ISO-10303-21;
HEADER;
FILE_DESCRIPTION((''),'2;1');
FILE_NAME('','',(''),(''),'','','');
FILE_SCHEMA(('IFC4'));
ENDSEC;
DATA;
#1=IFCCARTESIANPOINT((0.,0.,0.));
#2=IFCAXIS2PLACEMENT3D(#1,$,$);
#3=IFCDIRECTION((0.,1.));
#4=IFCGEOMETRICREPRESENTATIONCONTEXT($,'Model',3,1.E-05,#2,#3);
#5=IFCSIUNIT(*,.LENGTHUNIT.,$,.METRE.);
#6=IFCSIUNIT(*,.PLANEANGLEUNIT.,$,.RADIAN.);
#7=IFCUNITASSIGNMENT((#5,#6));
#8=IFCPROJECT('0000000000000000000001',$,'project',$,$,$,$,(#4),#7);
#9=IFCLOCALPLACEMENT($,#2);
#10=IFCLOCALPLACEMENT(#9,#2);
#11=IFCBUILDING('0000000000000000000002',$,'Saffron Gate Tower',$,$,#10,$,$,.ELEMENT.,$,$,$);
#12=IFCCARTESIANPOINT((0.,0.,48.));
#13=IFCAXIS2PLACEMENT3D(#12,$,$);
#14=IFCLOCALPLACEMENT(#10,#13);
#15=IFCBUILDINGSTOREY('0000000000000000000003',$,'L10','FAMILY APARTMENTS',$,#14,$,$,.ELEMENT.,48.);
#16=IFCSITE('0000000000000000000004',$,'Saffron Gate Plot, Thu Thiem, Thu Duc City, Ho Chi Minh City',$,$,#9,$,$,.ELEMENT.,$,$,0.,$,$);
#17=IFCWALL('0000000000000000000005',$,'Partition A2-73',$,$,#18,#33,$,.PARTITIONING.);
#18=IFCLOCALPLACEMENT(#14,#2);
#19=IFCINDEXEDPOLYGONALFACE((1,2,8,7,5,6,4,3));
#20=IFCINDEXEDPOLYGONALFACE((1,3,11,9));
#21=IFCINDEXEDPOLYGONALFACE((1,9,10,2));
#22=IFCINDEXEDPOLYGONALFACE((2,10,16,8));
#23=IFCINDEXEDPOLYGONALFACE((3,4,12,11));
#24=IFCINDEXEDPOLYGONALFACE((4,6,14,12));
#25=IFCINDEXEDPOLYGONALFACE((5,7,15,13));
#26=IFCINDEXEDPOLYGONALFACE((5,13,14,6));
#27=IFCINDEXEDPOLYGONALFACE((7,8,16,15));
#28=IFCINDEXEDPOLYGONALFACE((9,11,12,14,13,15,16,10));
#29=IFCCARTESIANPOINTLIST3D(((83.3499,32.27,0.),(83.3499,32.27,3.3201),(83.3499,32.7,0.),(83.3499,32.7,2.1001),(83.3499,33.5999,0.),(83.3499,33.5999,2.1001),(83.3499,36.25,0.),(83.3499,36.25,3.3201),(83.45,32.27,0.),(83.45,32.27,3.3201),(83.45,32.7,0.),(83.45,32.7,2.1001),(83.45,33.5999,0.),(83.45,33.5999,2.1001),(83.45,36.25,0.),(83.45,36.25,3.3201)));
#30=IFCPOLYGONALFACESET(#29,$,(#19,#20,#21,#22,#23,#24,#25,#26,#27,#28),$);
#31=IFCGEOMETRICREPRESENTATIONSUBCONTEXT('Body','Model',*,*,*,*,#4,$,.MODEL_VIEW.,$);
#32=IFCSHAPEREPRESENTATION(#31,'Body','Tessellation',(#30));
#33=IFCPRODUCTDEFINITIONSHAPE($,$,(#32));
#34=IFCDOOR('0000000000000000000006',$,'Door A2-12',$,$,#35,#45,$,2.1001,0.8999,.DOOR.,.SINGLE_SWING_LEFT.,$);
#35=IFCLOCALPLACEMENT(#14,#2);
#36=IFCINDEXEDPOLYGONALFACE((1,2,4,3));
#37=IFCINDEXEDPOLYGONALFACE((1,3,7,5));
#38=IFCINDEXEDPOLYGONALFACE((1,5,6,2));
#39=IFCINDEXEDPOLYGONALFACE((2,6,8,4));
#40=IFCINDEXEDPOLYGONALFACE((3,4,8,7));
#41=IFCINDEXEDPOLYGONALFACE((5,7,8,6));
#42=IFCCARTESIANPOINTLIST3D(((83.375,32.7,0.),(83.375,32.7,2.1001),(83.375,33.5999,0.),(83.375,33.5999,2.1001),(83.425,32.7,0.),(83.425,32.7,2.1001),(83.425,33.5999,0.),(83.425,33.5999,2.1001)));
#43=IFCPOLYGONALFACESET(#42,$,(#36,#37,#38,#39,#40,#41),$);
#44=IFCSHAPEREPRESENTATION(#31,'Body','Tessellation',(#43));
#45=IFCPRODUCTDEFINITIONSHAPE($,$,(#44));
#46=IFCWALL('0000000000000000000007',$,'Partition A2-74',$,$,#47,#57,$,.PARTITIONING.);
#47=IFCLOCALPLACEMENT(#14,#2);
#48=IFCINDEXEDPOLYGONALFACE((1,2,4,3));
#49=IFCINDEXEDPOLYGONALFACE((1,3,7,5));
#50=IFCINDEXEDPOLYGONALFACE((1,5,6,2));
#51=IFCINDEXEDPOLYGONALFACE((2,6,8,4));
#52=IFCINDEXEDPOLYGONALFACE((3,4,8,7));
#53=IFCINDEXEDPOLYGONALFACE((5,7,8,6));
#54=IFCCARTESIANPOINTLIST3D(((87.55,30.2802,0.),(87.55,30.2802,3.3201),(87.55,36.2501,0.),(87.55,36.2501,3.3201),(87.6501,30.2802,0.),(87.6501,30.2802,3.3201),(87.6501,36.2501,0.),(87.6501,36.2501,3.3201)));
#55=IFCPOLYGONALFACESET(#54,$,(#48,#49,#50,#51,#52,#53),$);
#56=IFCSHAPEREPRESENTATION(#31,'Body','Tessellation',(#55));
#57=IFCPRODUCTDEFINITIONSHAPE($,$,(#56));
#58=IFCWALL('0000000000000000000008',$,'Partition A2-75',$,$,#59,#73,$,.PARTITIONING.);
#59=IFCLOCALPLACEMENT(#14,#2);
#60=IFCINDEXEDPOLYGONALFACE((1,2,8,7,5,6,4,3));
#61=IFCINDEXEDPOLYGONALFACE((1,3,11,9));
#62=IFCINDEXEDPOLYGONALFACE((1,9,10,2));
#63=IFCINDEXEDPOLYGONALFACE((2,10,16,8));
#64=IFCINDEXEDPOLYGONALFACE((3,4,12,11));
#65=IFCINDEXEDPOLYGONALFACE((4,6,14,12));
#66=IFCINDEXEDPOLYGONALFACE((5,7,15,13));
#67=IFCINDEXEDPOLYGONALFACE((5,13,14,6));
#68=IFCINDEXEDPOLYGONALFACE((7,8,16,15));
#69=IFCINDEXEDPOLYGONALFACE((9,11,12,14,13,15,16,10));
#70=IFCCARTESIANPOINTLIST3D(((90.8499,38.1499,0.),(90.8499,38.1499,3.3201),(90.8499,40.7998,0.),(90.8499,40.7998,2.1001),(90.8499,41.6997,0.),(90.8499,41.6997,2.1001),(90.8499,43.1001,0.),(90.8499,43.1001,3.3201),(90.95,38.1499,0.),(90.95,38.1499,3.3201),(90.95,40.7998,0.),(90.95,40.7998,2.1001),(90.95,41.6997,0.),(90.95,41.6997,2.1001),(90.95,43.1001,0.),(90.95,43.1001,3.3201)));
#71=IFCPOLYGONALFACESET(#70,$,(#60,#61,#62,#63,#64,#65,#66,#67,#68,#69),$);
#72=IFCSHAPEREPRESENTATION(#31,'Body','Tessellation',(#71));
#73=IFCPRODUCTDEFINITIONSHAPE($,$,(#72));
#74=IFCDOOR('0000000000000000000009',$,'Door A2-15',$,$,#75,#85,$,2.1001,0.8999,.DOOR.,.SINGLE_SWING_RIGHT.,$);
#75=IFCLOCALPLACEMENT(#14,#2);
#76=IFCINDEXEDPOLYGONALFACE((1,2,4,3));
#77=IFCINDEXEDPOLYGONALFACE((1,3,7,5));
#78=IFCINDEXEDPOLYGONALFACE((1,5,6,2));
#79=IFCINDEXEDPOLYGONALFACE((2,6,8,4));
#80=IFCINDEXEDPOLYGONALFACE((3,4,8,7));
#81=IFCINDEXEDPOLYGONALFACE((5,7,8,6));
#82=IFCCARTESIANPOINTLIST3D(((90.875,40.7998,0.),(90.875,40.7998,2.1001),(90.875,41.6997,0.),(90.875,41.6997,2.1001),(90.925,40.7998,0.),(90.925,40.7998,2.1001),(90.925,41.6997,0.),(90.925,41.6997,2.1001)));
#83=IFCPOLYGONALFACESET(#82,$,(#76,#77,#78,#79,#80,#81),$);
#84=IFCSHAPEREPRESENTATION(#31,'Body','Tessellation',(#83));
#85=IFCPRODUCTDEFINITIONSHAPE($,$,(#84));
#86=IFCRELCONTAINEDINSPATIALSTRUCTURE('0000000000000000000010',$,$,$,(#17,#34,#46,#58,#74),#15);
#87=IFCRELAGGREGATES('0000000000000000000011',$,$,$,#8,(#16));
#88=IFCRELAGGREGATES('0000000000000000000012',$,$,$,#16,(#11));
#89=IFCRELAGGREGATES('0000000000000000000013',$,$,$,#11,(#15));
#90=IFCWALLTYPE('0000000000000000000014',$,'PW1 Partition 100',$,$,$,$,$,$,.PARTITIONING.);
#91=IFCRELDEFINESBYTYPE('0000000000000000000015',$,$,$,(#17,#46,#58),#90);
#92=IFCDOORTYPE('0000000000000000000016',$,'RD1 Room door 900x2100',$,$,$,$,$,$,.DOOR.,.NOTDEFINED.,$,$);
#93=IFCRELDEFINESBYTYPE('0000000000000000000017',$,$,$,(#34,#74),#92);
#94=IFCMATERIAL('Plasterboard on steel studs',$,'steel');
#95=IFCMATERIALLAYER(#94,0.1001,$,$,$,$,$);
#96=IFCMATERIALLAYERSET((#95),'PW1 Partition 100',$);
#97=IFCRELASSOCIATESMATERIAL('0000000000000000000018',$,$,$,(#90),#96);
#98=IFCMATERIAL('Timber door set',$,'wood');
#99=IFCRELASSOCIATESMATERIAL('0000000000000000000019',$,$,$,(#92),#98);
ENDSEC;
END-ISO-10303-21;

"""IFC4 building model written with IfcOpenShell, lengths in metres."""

from ifc_helpers import new_model, si_unit, direction, frame, frame_2d, origin, place, context, subcontext, project, spatial, rectangle, extrude, material, layer, layer_set, type_object, element, fill, save


model = new_model("IFC4")

# Units and contexts
model_context = context("Model", 3, precision=1e-05, world=origin(), true_north=direction((0.0, 1.0)))
body_context = subcontext(model_context, "Body", "Model", "MODEL_VIEW")
ifc_project = project(units=[si_unit("LENGTHUNIT", "METRE"), si_unit("PLANEANGLEUNIT", "RADIAN")], contexts=[model_context])

# Site, building, storey
site_placement = place(None, origin())
site = spatial("IfcSite", under=ifc_project, at=site_placement, Name="Saffron Gate Plot, Thu Thiem, Thu Duc City, Ho Chi Minh City", CompositionType="ELEMENT", RefElevation=0.0)
building_placement = place(site_placement, origin())
building = spatial("IfcBuilding", under=site, at=building_placement, Name="Saffron Gate Tower", CompositionType="ELEMENT")
storey_placement = place(building_placement, frame((0.0, 0.0, 48.0)))
storey = spatial("IfcBuildingStorey", under=building, at=storey_placement, Name="L10", Description="FAMILY APARTMENTS", CompositionType="ELEMENT", Elevation=48.0)

# Shared definitions
ifc_material_1 = material(Name="Plasterboard on steel studs", Category="steel")
ifc_layer = layer(ifc_material_1, 0.1001)
ifc_layer_set = layer_set([ifc_layer], Name="PW1 Partition 100")
wall_type = type_object("IfcWallType", Name="PW1 Partition 100", PredefinedType="PARTITIONING", material=ifc_layer_set)

# Wall, opening, door
wall_1_placement = place(storey_placement, frame((83.3999, 32.27, 0.0), z_axis=(0.0, 0.0, 1.0), x_axis=(0.0, 1.0, 0.0)))
wall_1 = element("IfcWall", 1, at=wall_1_placement, inside=storey, type_object=wall_type, Name="Partition A2-73", PredefinedType="PARTITIONING", context=body_context, shape_type="SweptSolid", body=[
    extrude(rectangle(XDim=3.98, YDim=0.1001, at=frame_2d((1.99, 0.0))), origin(), (0.0, 0.0, 1.0), 3.3201),
])
opening_1_placement = place(wall_1_placement, frame((0.4299, 0.0, 0.0)))
opening_1 = element("IfcOpeningElement", 2, at=opening_1_placement, cuts=wall_1, PredefinedType="OPENING", context=body_context, shape_type="SweptSolid", body=[
    extrude(rectangle(XDim=0.8999, YDim=2.1001, at=frame_2d((0.45, 1.05))), frame((0.0, 0.0601, 0.0), z_axis=(0.0, -1.0, 0.0), x_axis=(1.0, 0.0, 0.0)), (0.0, 0.0, 1.0), 0.1201),
])
ifc_material_2 = material(Name="Timber door set", Category="wood")
door_type = type_object("IfcDoorType", Name="RD1 Room door 900x2100", OperationType="NOTDEFINED", PredefinedType="DOOR", material=ifc_material_2)
door_1_placement = place(opening_1_placement, origin())
door_1 = element("IfcDoor", 3, at=door_1_placement, inside=storey, type_object=door_type, Name="Door A2-12", OperationType="SINGLE_SWING_LEFT", OverallHeight=2.1001, OverallWidth=0.8999, PredefinedType="DOOR", context=body_context, shape_type="SweptSolid", body=[
    extrude(rectangle(XDim=0.8999, YDim=2.1001, at=frame_2d((0.45, 1.05))), frame((0.0, 0.0249, 0.0), z_axis=(0.0, -1.0, 0.0), x_axis=(1.0, 0.0, 0.0)), (0.0, 0.0, 1.0), 0.05),
])
fill(opening_1, door_1)

# Wall
wall_2_placement = place(storey_placement, frame((87.6001, 36.25, 0.0), z_axis=(0.0, 0.0, 1.0), x_axis=(0.0, -1.0, 0.0)))
element("IfcWall", 4, at=wall_2_placement, inside=storey, type_object=wall_type, Name="Partition A2-74", PredefinedType="PARTITIONING", context=body_context, shape_type="SweptSolid", body=[
    extrude(rectangle(XDim=5.97, YDim=0.1001, at=frame_2d((2.9849, 0.0))), origin(), (0.0, 0.0, 1.0), 3.3201),
])

# Wall, opening, door
wall_3_placement = place(storey_placement, frame((90.8999, 38.1499, 0.0), z_axis=(0.0, 0.0, 1.0), x_axis=(0.0, 1.0, 0.0)))
wall_3 = element("IfcWall", 5, at=wall_3_placement, inside=storey, type_object=wall_type, Name="Partition A2-75", PredefinedType="PARTITIONING", context=body_context, shape_type="SweptSolid", body=[
    extrude(rectangle(XDim=4.9502, YDim=0.1001, at=frame_2d((2.4751, 0.0))), origin(), (0.0, 0.0, 1.0), 3.3201),
])
opening_2_placement = place(wall_3_placement, frame((2.6499, 0.0, 0.0)))
opening_2 = element("IfcOpeningElement", 6, at=opening_2_placement, cuts=wall_3, PredefinedType="OPENING", context=body_context, shape_type="SweptSolid", body=[
    extrude(rectangle(XDim=0.8999, YDim=2.1001, at=frame_2d((0.45, 1.05))), frame((0.0, 0.0601, 0.0), z_axis=(0.0, -1.0, 0.0), x_axis=(1.0, 0.0, 0.0)), (0.0, 0.0, 1.0), 0.1201),
])
door_2_placement = place(opening_2_placement, origin())
door_2 = element("IfcDoor", 7, at=door_2_placement, inside=storey, type_object=door_type, Name="Door A2-15", OperationType="SINGLE_SWING_RIGHT", OverallHeight=2.1001, OverallWidth=0.8999, PredefinedType="DOOR", context=body_context, shape_type="SweptSolid", body=[
    extrude(rectangle(XDim=0.8999, YDim=2.1001, at=frame_2d((0.45, 1.05))), frame((0.0, 0.0249, 0.0), z_axis=(0.0, -1.0, 0.0), x_axis=(1.0, 0.0, 0.0)), (0.0, 0.0, 1.0), 0.05),
])
fill(opening_2, door_2)

save(model, "model.ifc")
